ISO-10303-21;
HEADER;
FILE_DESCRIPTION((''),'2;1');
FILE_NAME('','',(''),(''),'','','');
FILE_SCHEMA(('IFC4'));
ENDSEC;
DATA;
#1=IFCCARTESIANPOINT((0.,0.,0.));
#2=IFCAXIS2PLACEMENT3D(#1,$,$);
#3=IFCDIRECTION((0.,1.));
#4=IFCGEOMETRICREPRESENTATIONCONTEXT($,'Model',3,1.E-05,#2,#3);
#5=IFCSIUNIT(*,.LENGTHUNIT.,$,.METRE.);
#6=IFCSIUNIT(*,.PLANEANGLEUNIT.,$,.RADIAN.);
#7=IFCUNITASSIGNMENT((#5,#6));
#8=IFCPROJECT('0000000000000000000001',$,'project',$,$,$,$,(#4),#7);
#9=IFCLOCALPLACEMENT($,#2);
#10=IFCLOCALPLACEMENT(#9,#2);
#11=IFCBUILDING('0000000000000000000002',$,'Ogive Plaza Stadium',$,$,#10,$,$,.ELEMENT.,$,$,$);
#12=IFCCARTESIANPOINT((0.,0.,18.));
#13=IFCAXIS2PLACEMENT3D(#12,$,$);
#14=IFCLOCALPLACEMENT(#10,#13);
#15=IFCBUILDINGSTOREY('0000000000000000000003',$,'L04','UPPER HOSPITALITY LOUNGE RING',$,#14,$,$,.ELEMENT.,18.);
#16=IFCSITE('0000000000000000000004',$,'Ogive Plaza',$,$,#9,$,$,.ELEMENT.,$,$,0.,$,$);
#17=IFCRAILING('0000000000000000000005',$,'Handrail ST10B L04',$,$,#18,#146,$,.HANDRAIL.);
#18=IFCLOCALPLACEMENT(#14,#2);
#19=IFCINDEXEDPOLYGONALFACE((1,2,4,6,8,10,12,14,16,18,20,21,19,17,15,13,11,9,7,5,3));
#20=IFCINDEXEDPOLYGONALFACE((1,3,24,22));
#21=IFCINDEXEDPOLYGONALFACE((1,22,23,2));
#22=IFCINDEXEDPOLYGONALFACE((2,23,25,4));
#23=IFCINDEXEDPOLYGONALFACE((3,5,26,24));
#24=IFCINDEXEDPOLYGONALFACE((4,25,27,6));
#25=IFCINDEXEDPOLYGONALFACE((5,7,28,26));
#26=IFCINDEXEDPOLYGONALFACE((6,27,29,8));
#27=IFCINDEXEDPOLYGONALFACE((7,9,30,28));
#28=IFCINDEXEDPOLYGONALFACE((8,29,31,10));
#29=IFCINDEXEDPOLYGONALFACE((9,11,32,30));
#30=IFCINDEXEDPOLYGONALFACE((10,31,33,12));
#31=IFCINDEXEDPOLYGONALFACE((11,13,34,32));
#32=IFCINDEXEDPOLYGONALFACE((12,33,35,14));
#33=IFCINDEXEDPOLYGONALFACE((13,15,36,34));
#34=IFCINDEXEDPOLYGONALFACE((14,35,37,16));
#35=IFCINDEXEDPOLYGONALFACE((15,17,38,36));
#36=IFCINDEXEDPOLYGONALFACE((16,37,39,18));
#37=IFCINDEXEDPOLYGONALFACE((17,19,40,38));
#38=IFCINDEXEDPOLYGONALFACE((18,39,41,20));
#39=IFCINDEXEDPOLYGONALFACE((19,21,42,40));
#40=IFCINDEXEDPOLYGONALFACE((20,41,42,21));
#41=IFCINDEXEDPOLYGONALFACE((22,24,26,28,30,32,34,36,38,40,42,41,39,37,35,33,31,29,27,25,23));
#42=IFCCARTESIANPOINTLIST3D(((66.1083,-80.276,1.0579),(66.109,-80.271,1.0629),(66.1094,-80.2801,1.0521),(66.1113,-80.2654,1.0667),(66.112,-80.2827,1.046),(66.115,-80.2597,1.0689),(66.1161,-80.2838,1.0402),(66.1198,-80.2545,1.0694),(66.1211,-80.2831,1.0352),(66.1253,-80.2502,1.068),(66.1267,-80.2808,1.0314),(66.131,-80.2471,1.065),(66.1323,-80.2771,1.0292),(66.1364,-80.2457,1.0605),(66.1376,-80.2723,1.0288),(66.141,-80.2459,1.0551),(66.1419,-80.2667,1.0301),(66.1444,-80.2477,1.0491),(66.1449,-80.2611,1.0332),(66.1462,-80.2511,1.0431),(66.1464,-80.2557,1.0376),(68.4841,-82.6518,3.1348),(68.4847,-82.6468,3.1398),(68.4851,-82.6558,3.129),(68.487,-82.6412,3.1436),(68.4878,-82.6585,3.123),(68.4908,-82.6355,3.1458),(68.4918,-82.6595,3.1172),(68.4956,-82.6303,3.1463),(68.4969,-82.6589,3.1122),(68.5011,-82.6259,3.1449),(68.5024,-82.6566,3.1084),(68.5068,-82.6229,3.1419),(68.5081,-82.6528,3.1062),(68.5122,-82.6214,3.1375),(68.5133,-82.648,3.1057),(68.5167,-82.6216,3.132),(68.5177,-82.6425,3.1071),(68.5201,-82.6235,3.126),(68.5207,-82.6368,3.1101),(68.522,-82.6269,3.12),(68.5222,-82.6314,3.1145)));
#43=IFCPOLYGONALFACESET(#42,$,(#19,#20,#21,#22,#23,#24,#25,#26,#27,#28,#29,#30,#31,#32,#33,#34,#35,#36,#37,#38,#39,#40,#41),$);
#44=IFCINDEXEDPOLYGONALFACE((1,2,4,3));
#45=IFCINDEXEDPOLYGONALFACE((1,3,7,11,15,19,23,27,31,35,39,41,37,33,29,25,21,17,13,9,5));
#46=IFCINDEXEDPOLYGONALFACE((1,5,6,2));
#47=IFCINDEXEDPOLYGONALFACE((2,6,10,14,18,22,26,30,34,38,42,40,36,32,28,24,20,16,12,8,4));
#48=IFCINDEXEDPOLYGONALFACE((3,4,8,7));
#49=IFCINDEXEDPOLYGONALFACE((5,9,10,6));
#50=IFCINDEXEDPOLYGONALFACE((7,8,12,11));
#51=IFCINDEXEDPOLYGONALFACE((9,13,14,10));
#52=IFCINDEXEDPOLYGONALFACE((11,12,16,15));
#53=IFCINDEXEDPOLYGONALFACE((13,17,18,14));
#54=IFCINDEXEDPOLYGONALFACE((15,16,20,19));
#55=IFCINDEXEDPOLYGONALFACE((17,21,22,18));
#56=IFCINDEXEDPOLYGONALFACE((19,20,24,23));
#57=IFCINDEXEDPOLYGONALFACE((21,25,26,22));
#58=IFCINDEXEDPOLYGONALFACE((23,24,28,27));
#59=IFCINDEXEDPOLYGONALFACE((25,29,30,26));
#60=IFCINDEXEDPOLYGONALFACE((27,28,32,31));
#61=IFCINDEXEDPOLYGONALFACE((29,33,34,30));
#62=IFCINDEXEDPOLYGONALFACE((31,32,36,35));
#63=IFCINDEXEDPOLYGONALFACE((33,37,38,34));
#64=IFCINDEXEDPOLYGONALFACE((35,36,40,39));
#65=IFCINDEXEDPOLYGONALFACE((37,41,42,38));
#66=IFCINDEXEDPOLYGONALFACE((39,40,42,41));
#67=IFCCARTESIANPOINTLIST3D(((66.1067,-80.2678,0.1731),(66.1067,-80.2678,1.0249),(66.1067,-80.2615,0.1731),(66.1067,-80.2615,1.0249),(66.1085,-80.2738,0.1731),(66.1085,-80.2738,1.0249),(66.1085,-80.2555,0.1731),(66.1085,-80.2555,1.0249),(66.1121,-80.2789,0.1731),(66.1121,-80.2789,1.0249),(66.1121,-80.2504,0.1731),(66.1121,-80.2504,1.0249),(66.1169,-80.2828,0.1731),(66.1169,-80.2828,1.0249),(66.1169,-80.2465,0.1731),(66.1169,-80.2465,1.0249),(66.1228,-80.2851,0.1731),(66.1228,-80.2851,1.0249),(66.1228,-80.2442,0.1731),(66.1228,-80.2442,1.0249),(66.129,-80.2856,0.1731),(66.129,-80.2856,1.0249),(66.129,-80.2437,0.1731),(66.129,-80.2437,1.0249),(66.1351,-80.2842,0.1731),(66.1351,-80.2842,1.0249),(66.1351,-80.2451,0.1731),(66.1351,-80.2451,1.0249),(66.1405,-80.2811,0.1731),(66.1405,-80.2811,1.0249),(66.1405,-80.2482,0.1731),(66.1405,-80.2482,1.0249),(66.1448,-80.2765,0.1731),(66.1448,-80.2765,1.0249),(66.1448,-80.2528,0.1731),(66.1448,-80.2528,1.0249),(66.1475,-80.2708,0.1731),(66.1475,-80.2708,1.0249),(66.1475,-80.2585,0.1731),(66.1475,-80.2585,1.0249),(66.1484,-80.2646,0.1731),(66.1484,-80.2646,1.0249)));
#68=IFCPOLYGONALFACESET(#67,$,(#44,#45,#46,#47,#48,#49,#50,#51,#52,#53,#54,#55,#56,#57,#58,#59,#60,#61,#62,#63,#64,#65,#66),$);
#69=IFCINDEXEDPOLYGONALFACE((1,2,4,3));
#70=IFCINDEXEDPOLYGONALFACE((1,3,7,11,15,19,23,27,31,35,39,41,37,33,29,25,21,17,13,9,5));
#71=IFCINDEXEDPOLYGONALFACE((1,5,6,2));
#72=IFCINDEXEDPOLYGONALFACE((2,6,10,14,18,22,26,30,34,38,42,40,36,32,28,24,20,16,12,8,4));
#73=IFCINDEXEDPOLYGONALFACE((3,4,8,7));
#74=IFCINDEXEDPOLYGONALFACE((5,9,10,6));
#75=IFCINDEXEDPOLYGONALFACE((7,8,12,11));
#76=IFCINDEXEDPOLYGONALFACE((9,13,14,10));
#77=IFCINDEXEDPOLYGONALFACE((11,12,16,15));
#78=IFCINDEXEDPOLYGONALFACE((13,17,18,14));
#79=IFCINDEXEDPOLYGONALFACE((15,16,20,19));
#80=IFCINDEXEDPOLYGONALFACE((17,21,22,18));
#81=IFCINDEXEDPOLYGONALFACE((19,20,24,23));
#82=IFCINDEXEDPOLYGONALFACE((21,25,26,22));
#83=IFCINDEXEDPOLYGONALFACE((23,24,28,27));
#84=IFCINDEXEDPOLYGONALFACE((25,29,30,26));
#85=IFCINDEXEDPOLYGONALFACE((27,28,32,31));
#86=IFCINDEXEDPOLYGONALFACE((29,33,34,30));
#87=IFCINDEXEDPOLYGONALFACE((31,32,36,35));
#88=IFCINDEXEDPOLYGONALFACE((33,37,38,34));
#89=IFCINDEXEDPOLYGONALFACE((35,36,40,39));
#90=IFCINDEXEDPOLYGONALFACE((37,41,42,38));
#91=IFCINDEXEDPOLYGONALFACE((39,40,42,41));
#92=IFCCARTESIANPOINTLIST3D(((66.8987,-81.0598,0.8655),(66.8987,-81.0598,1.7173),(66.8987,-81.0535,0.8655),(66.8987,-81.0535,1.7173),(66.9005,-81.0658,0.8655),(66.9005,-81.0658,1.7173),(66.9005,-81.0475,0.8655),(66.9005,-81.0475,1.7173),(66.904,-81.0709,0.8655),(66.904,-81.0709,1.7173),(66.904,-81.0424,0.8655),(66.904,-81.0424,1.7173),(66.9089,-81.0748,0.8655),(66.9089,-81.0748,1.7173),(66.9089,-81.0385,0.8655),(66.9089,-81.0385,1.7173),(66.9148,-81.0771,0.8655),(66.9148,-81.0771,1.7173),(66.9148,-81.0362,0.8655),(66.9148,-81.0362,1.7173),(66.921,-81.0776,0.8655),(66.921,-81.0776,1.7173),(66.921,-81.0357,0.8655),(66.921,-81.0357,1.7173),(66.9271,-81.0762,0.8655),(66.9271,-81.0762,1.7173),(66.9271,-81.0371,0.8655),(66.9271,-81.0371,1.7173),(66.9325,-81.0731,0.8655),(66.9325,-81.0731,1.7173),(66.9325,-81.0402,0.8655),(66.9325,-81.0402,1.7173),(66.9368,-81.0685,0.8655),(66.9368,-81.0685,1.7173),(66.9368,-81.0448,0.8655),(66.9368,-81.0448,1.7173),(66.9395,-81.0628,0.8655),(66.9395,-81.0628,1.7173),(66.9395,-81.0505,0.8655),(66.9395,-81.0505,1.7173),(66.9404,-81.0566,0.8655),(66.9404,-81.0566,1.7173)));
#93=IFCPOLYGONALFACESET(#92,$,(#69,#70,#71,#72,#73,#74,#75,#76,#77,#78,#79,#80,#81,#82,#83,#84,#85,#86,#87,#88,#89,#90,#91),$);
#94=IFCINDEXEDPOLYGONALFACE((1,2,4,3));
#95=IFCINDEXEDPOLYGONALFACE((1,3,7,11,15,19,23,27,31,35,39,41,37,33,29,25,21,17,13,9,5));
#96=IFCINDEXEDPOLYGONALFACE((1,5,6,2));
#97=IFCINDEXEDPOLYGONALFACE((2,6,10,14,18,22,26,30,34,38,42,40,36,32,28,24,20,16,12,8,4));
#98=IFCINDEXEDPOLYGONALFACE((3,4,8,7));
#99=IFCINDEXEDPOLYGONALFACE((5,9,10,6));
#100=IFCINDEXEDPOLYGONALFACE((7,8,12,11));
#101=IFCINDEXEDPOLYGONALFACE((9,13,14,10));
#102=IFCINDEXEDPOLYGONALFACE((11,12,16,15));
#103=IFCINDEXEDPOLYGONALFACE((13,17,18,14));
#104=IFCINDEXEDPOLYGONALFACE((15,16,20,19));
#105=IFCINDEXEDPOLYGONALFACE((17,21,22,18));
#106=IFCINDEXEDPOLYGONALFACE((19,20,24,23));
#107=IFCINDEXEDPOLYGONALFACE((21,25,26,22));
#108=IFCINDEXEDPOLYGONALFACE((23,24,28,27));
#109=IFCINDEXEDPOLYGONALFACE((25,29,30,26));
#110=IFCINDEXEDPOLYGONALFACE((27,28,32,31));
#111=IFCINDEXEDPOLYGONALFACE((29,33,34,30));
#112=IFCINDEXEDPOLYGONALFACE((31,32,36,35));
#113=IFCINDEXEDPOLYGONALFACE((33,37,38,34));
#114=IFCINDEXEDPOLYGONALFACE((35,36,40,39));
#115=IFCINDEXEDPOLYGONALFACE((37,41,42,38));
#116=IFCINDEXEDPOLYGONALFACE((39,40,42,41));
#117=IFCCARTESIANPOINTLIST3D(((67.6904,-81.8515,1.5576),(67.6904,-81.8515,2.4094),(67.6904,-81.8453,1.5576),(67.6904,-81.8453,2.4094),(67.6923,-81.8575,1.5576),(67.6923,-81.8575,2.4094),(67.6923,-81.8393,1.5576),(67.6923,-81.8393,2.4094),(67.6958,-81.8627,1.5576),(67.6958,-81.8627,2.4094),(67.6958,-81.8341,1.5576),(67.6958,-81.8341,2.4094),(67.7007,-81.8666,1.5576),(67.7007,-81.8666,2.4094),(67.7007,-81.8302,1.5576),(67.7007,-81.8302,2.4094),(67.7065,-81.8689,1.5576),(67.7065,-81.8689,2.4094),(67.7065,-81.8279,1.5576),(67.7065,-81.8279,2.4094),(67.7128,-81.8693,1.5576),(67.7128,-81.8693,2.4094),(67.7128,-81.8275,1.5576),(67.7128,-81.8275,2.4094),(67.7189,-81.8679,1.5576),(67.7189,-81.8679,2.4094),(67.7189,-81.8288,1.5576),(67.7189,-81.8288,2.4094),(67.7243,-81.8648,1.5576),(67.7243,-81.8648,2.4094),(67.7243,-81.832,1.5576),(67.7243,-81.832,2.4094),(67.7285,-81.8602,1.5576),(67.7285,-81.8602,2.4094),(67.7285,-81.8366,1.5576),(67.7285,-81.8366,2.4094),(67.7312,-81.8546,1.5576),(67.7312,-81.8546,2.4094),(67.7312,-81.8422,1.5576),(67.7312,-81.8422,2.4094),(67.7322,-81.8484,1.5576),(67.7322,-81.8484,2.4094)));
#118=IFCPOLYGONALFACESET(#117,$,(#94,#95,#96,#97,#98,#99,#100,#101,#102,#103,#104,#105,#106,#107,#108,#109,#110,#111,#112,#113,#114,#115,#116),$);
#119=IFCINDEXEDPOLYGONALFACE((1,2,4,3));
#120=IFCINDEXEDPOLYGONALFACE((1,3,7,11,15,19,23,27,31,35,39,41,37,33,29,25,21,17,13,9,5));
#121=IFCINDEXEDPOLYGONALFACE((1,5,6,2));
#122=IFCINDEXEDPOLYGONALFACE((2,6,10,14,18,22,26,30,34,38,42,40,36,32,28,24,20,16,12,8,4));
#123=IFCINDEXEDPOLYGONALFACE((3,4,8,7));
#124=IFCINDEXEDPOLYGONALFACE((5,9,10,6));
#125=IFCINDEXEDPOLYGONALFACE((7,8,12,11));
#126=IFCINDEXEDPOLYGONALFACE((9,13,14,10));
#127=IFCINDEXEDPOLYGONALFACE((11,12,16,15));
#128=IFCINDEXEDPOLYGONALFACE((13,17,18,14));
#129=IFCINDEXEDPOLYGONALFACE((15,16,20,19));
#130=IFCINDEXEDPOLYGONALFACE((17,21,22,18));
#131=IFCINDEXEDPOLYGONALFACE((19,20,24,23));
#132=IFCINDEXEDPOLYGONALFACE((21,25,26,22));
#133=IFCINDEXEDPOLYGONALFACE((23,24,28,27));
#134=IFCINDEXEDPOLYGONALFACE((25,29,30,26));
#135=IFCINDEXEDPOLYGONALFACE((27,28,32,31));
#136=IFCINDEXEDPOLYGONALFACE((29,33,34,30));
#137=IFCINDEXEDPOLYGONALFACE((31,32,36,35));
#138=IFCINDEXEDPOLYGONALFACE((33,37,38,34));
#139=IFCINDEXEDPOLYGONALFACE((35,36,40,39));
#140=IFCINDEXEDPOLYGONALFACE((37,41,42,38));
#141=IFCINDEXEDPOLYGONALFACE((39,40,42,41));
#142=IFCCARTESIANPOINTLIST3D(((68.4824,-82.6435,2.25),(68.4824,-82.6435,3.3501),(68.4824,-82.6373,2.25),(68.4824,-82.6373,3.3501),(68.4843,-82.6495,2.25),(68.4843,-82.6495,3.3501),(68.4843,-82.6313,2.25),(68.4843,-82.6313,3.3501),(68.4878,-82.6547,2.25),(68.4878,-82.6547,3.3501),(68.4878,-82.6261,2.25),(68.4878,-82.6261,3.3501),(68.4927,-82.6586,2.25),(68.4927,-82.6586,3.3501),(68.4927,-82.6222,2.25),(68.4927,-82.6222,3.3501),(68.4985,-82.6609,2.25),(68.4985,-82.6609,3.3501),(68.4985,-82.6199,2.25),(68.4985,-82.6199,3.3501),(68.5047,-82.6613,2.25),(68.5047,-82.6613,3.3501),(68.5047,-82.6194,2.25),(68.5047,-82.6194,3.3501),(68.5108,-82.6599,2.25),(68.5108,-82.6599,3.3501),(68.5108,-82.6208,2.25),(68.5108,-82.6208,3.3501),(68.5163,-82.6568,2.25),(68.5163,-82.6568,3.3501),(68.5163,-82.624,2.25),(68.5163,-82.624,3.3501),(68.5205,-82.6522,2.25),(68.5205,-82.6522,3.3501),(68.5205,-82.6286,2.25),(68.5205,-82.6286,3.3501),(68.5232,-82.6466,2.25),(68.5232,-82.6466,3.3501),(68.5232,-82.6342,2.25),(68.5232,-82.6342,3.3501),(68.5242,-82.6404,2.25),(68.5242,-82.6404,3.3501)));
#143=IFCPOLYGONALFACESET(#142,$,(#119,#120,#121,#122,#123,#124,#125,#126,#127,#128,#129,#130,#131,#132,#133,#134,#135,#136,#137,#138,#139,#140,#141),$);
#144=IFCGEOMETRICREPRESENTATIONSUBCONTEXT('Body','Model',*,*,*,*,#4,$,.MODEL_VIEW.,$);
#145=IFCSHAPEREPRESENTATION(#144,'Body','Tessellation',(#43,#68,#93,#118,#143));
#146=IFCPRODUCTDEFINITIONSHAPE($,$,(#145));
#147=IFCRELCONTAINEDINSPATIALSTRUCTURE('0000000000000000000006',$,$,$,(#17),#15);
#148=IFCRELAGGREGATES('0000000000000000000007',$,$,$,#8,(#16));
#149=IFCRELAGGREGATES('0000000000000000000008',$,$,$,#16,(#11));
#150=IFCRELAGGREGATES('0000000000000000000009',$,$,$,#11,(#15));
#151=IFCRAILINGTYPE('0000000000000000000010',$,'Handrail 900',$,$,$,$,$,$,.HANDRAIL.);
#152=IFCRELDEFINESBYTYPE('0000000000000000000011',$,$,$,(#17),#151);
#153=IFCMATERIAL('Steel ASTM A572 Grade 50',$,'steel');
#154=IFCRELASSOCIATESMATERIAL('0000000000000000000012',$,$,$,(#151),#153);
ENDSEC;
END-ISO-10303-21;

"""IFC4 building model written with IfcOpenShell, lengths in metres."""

from ifc_helpers import new_model, si_unit, direction, frame, origin, origin_2d, place, context, subcontext, project, spatial, circle, extrude, material, type_object, element, save


model = new_model("IFC4")

# Units and contexts
model_context = context("Model", 3, precision=1e-05, world=origin(), true_north=direction((0.0, 1.0)))
body_context = subcontext(model_context, "Body", "Model", "MODEL_VIEW")
ifc_project = project(units=[si_unit("LENGTHUNIT", "METRE"), si_unit("PLANEANGLEUNIT", "RADIAN")], contexts=[model_context])

# Site, building, storey
site_placement = place(None, origin())
site = spatial("IfcSite", under=ifc_project, at=site_placement, Name="Ogive Plaza", CompositionType="ELEMENT", RefElevation=0.0)
building_placement = place(site_placement, origin())
building = spatial("IfcBuilding", under=site, at=building_placement, Name="Ogive Plaza Stadium", CompositionType="ELEMENT")
storey_placement = place(building_placement, frame((0.0, 0.0, 18.0)))
storey = spatial("IfcBuildingStorey", under=building, at=storey_placement, Name="L04", Description="UPPER HOSPITALITY LOUNGE RING", CompositionType="ELEMENT", Elevation=18.0)

# Railing
ifc_material_1 = material(Name="Steel ASTM A572 Grade 50", Category="steel")
railing_type_1 = type_object("IfcRailingType", Name="Handrail 900", PredefinedType="HANDRAIL", material=ifc_material_1)
railing_1_placement = place(storey_placement, frame((66.1274, -80.2646, 0.1731)))
element("IfcRailing", 1, at=railing_1_placement, inside=storey, type_object=railing_type_1, Name="Handrail ST10B L04", PredefinedType="HANDRAIL", context=body_context, shape_type="SweptSolid", body=[
    extrude(circle(Radius=0.0239, at=origin_2d()), frame((0.0, 0.0, 0.876), z_axis=(0.601466, -0.601466, 0.525811), x_axis=(0.707107, 0.707107, 0.0)), (0.0, 0.0, 1.0), 3.95),
    extrude(circle(Radius=0.021, at=origin_2d()), origin(), (0.0, 0.0, 1.0), 0.8518),
    extrude(circle(Radius=0.021, at=origin_2d()), frame((0.792, -0.792, 0.6924)), (0.0, 0.0, 1.0), 0.8518),
    extrude(circle(Radius=0.021, at=origin_2d()), frame((1.5837, -1.5837, 1.3845)), (0.0, 0.0, 1.0), 0.8518),
    extrude(circle(Radius=0.021, at=origin_2d()), frame((2.3757, -2.3757, 2.0769)), (0.0, 0.0, 1.0), 1.1001),
])

save(model, "model.ifc")
